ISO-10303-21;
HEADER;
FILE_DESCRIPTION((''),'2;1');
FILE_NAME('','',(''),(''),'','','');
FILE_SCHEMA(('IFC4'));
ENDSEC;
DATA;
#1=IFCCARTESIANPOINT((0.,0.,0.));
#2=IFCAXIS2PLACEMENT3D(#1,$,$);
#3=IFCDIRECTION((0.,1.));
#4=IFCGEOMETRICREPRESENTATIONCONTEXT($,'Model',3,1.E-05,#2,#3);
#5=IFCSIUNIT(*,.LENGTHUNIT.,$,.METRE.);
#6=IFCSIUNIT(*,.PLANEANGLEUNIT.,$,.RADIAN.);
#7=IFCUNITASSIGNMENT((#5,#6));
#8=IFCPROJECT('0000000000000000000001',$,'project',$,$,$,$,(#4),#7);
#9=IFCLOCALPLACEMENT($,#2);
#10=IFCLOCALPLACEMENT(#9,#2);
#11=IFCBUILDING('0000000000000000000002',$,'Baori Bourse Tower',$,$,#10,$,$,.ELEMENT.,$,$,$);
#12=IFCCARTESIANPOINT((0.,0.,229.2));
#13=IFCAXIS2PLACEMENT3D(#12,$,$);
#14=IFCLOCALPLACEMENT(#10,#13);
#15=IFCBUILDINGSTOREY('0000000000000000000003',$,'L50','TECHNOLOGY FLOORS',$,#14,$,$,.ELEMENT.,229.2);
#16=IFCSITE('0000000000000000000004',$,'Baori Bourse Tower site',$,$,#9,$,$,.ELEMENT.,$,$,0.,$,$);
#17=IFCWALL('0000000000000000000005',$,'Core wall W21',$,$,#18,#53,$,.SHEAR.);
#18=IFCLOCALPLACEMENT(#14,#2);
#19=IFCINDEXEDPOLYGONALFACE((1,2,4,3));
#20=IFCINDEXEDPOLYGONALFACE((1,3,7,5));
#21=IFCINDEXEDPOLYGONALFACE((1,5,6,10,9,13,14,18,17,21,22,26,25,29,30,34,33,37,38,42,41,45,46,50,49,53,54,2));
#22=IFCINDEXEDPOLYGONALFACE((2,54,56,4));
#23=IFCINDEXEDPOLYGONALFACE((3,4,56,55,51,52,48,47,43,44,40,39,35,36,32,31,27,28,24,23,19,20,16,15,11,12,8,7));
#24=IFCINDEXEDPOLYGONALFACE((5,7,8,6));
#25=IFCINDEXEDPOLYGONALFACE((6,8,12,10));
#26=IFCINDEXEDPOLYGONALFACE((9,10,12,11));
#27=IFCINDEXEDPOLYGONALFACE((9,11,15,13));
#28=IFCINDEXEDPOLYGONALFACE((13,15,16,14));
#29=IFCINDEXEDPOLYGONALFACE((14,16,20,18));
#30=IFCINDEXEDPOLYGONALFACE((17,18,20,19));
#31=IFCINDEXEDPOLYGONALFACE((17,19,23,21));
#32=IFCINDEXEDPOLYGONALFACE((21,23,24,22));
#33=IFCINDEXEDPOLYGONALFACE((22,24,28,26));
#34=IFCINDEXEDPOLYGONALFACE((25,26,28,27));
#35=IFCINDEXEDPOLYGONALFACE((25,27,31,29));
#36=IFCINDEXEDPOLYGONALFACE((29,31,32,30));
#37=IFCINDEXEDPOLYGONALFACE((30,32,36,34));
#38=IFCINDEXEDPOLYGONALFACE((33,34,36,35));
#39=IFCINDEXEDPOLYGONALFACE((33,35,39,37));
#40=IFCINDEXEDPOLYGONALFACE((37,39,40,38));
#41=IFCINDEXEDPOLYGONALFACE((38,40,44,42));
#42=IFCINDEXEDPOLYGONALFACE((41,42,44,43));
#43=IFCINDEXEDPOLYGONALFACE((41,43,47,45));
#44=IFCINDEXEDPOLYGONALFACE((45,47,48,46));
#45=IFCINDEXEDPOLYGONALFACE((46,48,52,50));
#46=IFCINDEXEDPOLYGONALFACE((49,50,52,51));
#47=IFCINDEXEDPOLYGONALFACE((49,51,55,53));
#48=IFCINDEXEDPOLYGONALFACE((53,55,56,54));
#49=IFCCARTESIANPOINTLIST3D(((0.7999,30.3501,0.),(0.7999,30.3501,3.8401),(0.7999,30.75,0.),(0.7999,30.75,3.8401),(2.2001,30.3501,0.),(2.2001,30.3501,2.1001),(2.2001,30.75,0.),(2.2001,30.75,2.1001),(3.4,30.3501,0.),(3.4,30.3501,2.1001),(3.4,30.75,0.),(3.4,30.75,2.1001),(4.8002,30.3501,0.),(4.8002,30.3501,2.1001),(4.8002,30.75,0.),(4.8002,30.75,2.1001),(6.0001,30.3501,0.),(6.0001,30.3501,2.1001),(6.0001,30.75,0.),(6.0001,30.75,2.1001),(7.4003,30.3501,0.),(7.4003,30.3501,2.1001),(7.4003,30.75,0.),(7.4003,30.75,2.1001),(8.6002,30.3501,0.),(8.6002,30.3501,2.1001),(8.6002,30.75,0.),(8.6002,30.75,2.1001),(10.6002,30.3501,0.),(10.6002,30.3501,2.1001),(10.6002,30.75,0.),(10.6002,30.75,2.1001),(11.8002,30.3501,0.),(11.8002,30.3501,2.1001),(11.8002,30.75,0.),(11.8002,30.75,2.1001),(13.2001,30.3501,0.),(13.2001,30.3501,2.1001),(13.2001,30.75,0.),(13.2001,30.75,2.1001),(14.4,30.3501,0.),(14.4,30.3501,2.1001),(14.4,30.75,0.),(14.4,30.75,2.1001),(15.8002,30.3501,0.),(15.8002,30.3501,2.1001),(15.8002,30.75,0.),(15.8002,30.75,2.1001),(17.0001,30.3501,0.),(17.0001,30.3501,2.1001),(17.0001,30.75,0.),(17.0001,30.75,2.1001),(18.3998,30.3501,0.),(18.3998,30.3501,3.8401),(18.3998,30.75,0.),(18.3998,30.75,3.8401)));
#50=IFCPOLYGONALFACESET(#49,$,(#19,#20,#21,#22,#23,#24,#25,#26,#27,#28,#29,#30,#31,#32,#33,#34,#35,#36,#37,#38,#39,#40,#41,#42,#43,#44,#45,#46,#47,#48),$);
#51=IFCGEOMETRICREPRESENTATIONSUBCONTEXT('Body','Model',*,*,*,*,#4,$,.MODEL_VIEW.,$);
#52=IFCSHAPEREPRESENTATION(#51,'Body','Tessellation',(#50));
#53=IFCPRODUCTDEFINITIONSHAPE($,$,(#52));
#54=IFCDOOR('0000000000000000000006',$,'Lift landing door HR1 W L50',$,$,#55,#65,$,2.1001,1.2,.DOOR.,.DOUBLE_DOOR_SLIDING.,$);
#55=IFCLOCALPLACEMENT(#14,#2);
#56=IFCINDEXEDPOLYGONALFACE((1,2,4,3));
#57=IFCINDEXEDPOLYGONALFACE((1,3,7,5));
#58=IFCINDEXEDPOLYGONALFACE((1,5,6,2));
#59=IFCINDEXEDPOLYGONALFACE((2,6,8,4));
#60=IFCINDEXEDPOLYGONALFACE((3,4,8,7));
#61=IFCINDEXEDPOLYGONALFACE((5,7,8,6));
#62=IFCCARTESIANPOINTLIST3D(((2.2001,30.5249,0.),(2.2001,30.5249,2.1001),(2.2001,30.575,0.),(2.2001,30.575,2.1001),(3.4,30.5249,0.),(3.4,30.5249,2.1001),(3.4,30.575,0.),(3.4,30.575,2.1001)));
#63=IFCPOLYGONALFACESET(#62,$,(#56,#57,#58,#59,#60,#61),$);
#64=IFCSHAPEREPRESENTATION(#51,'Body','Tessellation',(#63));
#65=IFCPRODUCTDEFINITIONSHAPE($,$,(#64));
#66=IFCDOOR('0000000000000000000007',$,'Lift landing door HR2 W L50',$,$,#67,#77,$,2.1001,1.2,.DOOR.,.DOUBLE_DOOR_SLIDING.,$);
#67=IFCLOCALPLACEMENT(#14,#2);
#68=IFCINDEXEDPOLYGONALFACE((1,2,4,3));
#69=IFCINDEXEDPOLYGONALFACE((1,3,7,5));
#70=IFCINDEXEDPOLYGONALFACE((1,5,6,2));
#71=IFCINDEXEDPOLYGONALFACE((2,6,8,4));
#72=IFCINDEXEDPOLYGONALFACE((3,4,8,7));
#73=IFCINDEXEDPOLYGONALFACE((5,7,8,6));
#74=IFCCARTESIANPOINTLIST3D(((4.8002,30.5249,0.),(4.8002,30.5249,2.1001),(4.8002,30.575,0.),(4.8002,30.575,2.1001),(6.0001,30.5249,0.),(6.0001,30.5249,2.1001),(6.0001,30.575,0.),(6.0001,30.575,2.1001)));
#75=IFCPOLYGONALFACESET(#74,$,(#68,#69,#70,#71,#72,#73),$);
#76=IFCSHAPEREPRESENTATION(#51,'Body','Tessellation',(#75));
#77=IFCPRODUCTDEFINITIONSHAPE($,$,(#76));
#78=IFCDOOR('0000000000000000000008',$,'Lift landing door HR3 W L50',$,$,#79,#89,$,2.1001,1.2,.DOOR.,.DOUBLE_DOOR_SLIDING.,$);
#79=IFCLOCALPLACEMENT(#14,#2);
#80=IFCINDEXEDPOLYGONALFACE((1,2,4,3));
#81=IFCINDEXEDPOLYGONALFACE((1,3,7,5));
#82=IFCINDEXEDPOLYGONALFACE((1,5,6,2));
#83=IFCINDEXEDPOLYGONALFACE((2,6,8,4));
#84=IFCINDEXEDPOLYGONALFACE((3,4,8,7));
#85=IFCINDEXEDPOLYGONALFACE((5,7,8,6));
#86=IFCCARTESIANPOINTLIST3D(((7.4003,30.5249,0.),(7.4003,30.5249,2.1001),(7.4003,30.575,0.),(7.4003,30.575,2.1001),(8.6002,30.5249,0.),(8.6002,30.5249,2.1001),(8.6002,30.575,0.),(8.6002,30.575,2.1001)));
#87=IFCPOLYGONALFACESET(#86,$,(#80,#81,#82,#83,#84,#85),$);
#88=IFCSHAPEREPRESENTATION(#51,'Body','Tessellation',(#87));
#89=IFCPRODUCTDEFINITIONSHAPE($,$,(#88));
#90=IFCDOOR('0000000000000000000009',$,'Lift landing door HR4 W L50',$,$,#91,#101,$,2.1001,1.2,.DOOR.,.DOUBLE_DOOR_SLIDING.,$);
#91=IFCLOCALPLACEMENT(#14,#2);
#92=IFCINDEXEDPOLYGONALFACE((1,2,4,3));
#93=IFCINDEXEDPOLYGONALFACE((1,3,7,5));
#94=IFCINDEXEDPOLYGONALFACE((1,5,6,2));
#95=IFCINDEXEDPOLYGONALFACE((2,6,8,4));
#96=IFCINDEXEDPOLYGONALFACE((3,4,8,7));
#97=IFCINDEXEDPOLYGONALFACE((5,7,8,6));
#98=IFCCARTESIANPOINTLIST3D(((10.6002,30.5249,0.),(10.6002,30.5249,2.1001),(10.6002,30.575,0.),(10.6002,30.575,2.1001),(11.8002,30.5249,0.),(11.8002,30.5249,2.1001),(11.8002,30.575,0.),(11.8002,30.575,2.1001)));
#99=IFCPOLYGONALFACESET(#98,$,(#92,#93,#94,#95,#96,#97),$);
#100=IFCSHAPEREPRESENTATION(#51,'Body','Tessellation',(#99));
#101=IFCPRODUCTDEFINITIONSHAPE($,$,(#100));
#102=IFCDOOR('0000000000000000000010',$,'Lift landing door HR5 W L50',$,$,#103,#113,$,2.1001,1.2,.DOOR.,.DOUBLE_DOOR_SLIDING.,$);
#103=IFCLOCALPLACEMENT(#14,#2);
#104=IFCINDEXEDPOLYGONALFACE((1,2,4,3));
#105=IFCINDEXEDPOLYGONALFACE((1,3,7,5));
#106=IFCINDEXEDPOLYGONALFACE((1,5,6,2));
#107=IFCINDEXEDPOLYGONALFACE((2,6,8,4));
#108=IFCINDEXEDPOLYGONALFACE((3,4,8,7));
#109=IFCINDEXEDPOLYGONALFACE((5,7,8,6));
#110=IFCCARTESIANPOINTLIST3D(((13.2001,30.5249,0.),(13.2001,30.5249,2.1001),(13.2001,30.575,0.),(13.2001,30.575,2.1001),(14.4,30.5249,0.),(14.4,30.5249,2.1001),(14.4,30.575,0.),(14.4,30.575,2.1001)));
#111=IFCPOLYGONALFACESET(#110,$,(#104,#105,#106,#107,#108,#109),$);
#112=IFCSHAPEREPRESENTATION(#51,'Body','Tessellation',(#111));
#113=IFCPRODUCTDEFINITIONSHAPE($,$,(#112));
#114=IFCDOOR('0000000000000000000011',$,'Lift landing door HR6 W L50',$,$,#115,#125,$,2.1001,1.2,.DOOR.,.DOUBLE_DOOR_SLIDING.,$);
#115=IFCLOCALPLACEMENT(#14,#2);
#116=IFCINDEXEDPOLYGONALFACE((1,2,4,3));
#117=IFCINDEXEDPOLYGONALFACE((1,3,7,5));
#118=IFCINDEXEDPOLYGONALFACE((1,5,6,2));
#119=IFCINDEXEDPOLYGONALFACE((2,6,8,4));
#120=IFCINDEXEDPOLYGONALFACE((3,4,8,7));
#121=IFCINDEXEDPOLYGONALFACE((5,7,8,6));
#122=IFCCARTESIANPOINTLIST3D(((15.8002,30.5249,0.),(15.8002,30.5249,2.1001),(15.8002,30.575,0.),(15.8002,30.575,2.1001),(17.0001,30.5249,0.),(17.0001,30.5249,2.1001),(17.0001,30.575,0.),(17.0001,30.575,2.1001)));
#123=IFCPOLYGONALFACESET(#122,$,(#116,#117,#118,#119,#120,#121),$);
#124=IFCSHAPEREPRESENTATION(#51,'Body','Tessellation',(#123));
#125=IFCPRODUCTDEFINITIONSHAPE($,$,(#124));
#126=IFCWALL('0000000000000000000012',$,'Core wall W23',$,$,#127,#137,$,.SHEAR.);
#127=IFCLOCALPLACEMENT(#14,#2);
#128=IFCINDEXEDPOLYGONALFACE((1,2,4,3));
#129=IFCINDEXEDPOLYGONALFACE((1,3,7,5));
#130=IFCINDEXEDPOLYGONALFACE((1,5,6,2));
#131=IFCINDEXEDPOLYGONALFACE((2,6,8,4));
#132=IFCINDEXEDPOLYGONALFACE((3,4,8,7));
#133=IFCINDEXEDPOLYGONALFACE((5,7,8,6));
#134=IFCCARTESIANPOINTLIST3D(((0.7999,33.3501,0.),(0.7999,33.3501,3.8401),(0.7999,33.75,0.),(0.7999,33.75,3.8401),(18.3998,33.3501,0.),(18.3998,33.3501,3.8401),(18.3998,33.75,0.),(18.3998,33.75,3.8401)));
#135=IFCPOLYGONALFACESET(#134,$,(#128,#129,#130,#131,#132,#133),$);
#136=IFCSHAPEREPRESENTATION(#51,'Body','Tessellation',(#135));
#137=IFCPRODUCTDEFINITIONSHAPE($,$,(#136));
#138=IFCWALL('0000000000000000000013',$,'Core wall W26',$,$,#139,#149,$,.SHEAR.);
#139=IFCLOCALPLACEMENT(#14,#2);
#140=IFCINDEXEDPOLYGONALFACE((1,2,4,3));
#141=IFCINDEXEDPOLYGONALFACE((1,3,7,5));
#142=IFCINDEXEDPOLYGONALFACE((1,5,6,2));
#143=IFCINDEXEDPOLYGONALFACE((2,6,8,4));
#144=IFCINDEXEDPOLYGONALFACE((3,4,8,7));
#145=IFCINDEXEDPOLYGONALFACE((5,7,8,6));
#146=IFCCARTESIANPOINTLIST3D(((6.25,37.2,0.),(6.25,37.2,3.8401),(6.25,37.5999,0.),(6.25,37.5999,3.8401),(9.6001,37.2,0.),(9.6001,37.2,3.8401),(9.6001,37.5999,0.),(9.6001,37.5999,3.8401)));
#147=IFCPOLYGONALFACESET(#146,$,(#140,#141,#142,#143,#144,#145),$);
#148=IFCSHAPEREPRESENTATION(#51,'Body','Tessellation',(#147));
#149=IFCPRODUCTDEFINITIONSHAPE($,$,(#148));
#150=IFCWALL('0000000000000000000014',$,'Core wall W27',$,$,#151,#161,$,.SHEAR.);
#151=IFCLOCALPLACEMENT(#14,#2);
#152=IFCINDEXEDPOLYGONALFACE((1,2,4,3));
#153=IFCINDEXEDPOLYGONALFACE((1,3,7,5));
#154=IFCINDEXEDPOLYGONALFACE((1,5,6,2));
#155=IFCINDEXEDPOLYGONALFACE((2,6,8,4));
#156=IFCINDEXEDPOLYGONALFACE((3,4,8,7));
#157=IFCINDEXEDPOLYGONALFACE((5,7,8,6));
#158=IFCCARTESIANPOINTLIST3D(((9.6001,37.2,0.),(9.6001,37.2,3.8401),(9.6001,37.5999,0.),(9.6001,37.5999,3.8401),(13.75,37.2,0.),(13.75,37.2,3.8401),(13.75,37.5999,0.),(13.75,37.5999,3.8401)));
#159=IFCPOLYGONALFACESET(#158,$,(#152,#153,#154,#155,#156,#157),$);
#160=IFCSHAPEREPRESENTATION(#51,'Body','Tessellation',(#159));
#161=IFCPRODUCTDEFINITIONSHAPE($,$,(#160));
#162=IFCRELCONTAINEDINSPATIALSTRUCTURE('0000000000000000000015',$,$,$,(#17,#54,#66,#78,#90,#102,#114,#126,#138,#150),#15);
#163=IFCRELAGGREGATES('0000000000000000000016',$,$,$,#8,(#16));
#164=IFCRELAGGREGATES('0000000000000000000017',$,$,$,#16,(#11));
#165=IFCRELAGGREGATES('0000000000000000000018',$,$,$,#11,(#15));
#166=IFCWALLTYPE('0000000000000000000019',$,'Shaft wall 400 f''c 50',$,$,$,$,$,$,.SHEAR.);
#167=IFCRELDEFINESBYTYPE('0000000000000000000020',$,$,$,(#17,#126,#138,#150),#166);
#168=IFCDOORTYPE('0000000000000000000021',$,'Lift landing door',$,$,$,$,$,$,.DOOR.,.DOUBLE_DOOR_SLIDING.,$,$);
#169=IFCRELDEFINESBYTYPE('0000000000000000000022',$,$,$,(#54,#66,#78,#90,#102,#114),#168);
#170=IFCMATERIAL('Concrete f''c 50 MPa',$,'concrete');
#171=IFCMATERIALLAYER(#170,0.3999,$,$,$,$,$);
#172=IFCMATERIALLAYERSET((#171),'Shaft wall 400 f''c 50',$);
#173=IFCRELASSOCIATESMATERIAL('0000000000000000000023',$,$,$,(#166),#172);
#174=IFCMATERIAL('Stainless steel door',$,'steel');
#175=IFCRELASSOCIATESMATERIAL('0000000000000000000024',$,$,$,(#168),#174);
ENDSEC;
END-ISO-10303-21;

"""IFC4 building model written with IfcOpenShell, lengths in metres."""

from ifc_helpers import new_model, si_unit, direction, frame, frame_2d, origin, place, context, subcontext, project, spatial, rectangle, extrude, material, layer, layer_set, type_object, element, fill, save


model = new_model("IFC4")

# Units and contexts
model_context = context("Model", 3, precision=1e-05, world=origin(), true_north=direction((0.0, 1.0)))
body_context = subcontext(model_context, "Body", "Model", "MODEL_VIEW")
ifc_project = project(units=[si_unit("LENGTHUNIT", "METRE"), si_unit("PLANEANGLEUNIT", "RADIAN")], contexts=[model_context])

# Site, building, storey
site_placement = place(None, origin())
site = spatial("IfcSite", under=ifc_project, at=site_placement, Name="Baori Bourse Tower site", CompositionType="ELEMENT", RefElevation=0.0)
building_placement = place(site_placement, origin())
building = spatial("IfcBuilding", under=site, at=building_placement, Name="Baori Bourse Tower", CompositionType="ELEMENT")
storey_placement = place(building_placement, frame((0.0, 0.0, 229.2)))
storey = spatial("IfcBuildingStorey", under=building, at=storey_placement, Name="L50", Description="TECHNOLOGY FLOORS", CompositionType="ELEMENT", Elevation=229.2)

# Wall, openings, doors
ifc_material_1 = material(Name="Concrete f'c 50 MPa", Category="concrete")
ifc_layer_1 = layer(ifc_material_1, 0.3999)
ifc_layer_set_1 = layer_set([ifc_layer_1], Name="Shaft wall 400 f'c 50")
wall_type_1 = type_object("IfcWallType", Name="Shaft wall 400 f'c 50", PredefinedType="SHEAR", material=ifc_layer_set_1)
ifc_material_2 = material(Name="Stainless steel door", Category="steel")
door_type_1 = type_object("IfcDoorType", Name="Lift landing door", OperationType="DOUBLE_DOOR_SLIDING", PredefinedType="DOOR", material=ifc_material_2)
wall_1_placement = place(storey_placement, frame((0.8, 30.55, 0.0), z_axis=(0.0, 0.0, 1.0), x_axis=(1.0, 0.0, 0.0)))
wall_1 = element("IfcWall", 1, at=wall_1_placement, inside=storey, type_object=wall_type_1, Name="Core wall W21", PredefinedType="SHEAR", context=body_context, shape_type="SweptSolid", body=[
    extrude(rectangle(XDim=17.5999, YDim=0.3999, at=frame_2d((8.7998, 0.0))), origin(), (0.0, 0.0, 1.0), 3.8401),
])
opening_1_placement = place(wall_1_placement, frame((1.3999, 0.0, 0.0)))
opening_1 = element("IfcOpeningElement", 2, at=opening_1_placement, cuts=wall_1, PredefinedType="OPENING", context=body_context, shape_type="SweptSolid", body=[
    extrude(rectangle(XDim=1.2, YDim=2.1001, at=frame_2d((0.6001, 1.05))), frame((0.0, 0.21, 0.0), z_axis=(0.0, -1.0, 0.0), x_axis=(1.0, 0.0, 0.0)), (0.0, 0.0, 1.0), 0.4199),
])
opening_2_placement = place(wall_1_placement, frame((4.0, 0.0, 0.0)))
opening_2 = element("IfcOpeningElement", 3, at=opening_2_placement, cuts=wall_1, PredefinedType="OPENING", context=body_context, shape_type="SweptSolid", body=[
    extrude(rectangle(XDim=1.2, YDim=2.1001, at=frame_2d((0.6001, 1.05))), frame((0.0, 0.21, 0.0), z_axis=(0.0, -1.0, 0.0), x_axis=(1.0, 0.0, 0.0)), (0.0, 0.0, 1.0), 0.4199),
])
opening_3_placement = place(wall_1_placement, frame((6.6001, 0.0, 0.0)))
opening_3 = element("IfcOpeningElement", 4, at=opening_3_placement, cuts=wall_1, PredefinedType="OPENING", context=body_context, shape_type="SweptSolid", body=[
    extrude(rectangle(XDim=1.2, YDim=2.1001, at=frame_2d((0.6001, 1.05))), frame((0.0, 0.21, 0.0), z_axis=(0.0, -1.0, 0.0), x_axis=(1.0, 0.0, 0.0)), (0.0, 0.0, 1.0), 0.4199),
])
opening_4_placement = place(wall_1_placement, frame((9.8, 0.0, 0.0)))
opening_4 = element("IfcOpeningElement", 5, at=opening_4_placement, cuts=wall_1, PredefinedType="OPENING", context=body_context, shape_type="SweptSolid", body=[
    extrude(rectangle(XDim=1.2, YDim=2.1001, at=frame_2d((0.6001, 1.05))), frame((0.0, 0.21, 0.0), z_axis=(0.0, -1.0, 0.0), x_axis=(1.0, 0.0, 0.0)), (0.0, 0.0, 1.0), 0.4199),
])
opening_5_placement = place(wall_1_placement, frame((12.3999, 0.0, 0.0)))
opening_5 = element("IfcOpeningElement", 6, at=opening_5_placement, cuts=wall_1, PredefinedType="OPENING", context=body_context, shape_type="SweptSolid", body=[
    extrude(rectangle(XDim=1.2, YDim=2.1001, at=frame_2d((0.6001, 1.05))), frame((0.0, 0.21, 0.0), z_axis=(0.0, -1.0, 0.0), x_axis=(1.0, 0.0, 0.0)), (0.0, 0.0, 1.0), 0.4199),
])
opening_6_placement = place(wall_1_placement, frame((15.0, 0.0, 0.0)))
opening_6 = element("IfcOpeningElement", 7, at=opening_6_placement, cuts=wall_1, PredefinedType="OPENING", context=body_context, shape_type="SweptSolid", body=[
    extrude(rectangle(XDim=1.2, YDim=2.1001, at=frame_2d((0.6001, 1.05))), frame((0.0, 0.21, 0.0), z_axis=(0.0, -1.0, 0.0), x_axis=(1.0, 0.0, 0.0)), (0.0, 0.0, 1.0), 0.4199),
])
door_1_placement = place(opening_1_placement, origin())
door_1 = element("IfcDoor", 8, at=door_1_placement, inside=storey, type_object=door_type_1, Name="Lift landing door HR1 W L50", OperationType="DOUBLE_DOOR_SLIDING", OverallHeight=2.1001, OverallWidth=1.2, PredefinedType="DOOR", context=body_context, shape_type="SweptSolid", body=[
    extrude(rectangle(XDim=1.2, YDim=2.1001, at=frame_2d((0.6001, 1.05))), frame((0.0, 0.0249, 0.0), z_axis=(0.0, -1.0, 0.0), x_axis=(1.0, 0.0, 0.0)), (0.0, 0.0, 1.0), 0.05),
])
fill(opening_1, door_1)
door_2_placement = place(opening_2_placement, origin())
door_2 = element("IfcDoor", 9, at=door_2_placement, inside=storey, type_object=door_type_1, Name="Lift landing door HR2 W L50", OperationType="DOUBLE_DOOR_SLIDING", OverallHeight=2.1001, OverallWidth=1.2, PredefinedType="DOOR", context=body_context, shape_type="SweptSolid", body=[
    extrude(rectangle(XDim=1.2, YDim=2.1001, at=frame_2d((0.6001, 1.05))), frame((0.0, 0.0249, 0.0), z_axis=(0.0, -1.0, 0.0), x_axis=(1.0, 0.0, 0.0)), (0.0, 0.0, 1.0), 0.05),
])
fill(opening_2, door_2)
door_3_placement = place(opening_3_placement, origin())
door_3 = element("IfcDoor", 10, at=door_3_placement, inside=storey, type_object=door_type_1, Name="Lift landing door HR3 W L50", OperationType="DOUBLE_DOOR_SLIDING", OverallHeight=2.1001, OverallWidth=1.2, PredefinedType="DOOR", context=body_context, shape_type="SweptSolid", body=[
    extrude(rectangle(XDim=1.2, YDim=2.1001, at=frame_2d((0.6001, 1.05))), frame((0.0, 0.0249, 0.0), z_axis=(0.0, -1.0, 0.0), x_axis=(1.0, 0.0, 0.0)), (0.0, 0.0, 1.0), 0.05),
])
fill(opening_3, door_3)
door_4_placement = place(opening_4_placement, origin())
door_4 = element("IfcDoor", 11, at=door_4_placement, inside=storey, type_object=door_type_1, Name="Lift landing door HR4 W L50", OperationType="DOUBLE_DOOR_SLIDING", OverallHeight=2.1001, OverallWidth=1.2, PredefinedType="DOOR", context=body_context, shape_type="SweptSolid", body=[
    extrude(rectangle(XDim=1.2, YDim=2.1001, at=frame_2d((0.6001, 1.05))), frame((0.0, 0.0249, 0.0), z_axis=(0.0, -1.0, 0.0), x_axis=(1.0, 0.0, 0.0)), (0.0, 0.0, 1.0), 0.05),
])
fill(opening_4, door_4)
door_5_placement = place(opening_5_placement, origin())
door_5 = element("IfcDoor", 12, at=door_5_placement, inside=storey, type_object=door_type_1, Name="Lift landing door HR5 W L50", OperationType="DOUBLE_DOOR_SLIDING", OverallHeight=2.1001, OverallWidth=1.2, PredefinedType="DOOR", context=body_context, shape_type="SweptSolid", body=[
    extrude(rectangle(XDim=1.2, YDim=2.1001, at=frame_2d((0.6001, 1.05))), frame((0.0, 0.0249, 0.0), z_axis=(0.0, -1.0, 0.0), x_axis=(1.0, 0.0, 0.0)), (0.0, 0.0, 1.0), 0.05),
])
fill(opening_5, door_5)
door_6_placement = place(opening_6_placement, origin())
door_6 = element("IfcDoor", 13, at=door_6_placement, inside=storey, type_object=door_type_1, Name="Lift landing door HR6 W L50", OperationType="DOUBLE_DOOR_SLIDING", OverallHeight=2.1001, OverallWidth=1.2, PredefinedType="DOOR", context=body_context, shape_type="SweptSolid", body=[
    extrude(rectangle(XDim=1.2, YDim=2.1001, at=frame_2d((0.6001, 1.05))), frame((0.0, 0.0249, 0.0), z_axis=(0.0, -1.0, 0.0), x_axis=(1.0, 0.0, 0.0)), (0.0, 0.0, 1.0), 0.05),
])
fill(opening_6, door_6)

# Walls
wall_2_placement = place(storey_placement, frame((0.8, 33.55, 0.0), z_axis=(0.0, 0.0, 1.0), x_axis=(1.0, 0.0, 0.0)))
element("IfcWall", 14, at=wall_2_placement, inside=storey, type_object=wall_type_1, Name="Core wall W23", PredefinedType="SHEAR", context=body_context, shape_type="SweptSolid", body=[
    extrude(rectangle(XDim=17.5999, YDim=0.3999, at=frame_2d((8.7998, 0.0))), origin(), (0.0, 0.0, 1.0), 3.8401),
])
wall_3_placement = place(storey_placement, frame((6.25, 37.3999, 0.0), z_axis=(0.0, 0.0, 1.0), x_axis=(1.0, 0.0, 0.0)))
element("IfcWall", 15, at=wall_3_placement, inside=storey, type_object=wall_type_1, Name="Core wall W26", PredefinedType="SHEAR", context=body_context, shape_type="SweptSolid", body=[
    extrude(rectangle(XDim=3.3501, YDim=0.3999, at=frame_2d((1.675, 0.0))), origin(), (0.0, 0.0, 1.0), 3.8401),
])
wall_4_placement = place(storey_placement, frame((9.6001, 37.3999, 0.0), z_axis=(0.0, 0.0, 1.0), x_axis=(1.0, 0.0, 0.0)))
element("IfcWall", 16, at=wall_4_placement, inside=storey, type_object=wall_type_1, Name="Core wall W27", PredefinedType="SHEAR", context=body_context, shape_type="SweptSolid", body=[
    extrude(rectangle(XDim=4.1499, YDim=0.3999, at=frame_2d((2.075, 0.0))), origin(), (0.0, 0.0, 1.0), 3.8401),
])

save(model, "model.ifc")
